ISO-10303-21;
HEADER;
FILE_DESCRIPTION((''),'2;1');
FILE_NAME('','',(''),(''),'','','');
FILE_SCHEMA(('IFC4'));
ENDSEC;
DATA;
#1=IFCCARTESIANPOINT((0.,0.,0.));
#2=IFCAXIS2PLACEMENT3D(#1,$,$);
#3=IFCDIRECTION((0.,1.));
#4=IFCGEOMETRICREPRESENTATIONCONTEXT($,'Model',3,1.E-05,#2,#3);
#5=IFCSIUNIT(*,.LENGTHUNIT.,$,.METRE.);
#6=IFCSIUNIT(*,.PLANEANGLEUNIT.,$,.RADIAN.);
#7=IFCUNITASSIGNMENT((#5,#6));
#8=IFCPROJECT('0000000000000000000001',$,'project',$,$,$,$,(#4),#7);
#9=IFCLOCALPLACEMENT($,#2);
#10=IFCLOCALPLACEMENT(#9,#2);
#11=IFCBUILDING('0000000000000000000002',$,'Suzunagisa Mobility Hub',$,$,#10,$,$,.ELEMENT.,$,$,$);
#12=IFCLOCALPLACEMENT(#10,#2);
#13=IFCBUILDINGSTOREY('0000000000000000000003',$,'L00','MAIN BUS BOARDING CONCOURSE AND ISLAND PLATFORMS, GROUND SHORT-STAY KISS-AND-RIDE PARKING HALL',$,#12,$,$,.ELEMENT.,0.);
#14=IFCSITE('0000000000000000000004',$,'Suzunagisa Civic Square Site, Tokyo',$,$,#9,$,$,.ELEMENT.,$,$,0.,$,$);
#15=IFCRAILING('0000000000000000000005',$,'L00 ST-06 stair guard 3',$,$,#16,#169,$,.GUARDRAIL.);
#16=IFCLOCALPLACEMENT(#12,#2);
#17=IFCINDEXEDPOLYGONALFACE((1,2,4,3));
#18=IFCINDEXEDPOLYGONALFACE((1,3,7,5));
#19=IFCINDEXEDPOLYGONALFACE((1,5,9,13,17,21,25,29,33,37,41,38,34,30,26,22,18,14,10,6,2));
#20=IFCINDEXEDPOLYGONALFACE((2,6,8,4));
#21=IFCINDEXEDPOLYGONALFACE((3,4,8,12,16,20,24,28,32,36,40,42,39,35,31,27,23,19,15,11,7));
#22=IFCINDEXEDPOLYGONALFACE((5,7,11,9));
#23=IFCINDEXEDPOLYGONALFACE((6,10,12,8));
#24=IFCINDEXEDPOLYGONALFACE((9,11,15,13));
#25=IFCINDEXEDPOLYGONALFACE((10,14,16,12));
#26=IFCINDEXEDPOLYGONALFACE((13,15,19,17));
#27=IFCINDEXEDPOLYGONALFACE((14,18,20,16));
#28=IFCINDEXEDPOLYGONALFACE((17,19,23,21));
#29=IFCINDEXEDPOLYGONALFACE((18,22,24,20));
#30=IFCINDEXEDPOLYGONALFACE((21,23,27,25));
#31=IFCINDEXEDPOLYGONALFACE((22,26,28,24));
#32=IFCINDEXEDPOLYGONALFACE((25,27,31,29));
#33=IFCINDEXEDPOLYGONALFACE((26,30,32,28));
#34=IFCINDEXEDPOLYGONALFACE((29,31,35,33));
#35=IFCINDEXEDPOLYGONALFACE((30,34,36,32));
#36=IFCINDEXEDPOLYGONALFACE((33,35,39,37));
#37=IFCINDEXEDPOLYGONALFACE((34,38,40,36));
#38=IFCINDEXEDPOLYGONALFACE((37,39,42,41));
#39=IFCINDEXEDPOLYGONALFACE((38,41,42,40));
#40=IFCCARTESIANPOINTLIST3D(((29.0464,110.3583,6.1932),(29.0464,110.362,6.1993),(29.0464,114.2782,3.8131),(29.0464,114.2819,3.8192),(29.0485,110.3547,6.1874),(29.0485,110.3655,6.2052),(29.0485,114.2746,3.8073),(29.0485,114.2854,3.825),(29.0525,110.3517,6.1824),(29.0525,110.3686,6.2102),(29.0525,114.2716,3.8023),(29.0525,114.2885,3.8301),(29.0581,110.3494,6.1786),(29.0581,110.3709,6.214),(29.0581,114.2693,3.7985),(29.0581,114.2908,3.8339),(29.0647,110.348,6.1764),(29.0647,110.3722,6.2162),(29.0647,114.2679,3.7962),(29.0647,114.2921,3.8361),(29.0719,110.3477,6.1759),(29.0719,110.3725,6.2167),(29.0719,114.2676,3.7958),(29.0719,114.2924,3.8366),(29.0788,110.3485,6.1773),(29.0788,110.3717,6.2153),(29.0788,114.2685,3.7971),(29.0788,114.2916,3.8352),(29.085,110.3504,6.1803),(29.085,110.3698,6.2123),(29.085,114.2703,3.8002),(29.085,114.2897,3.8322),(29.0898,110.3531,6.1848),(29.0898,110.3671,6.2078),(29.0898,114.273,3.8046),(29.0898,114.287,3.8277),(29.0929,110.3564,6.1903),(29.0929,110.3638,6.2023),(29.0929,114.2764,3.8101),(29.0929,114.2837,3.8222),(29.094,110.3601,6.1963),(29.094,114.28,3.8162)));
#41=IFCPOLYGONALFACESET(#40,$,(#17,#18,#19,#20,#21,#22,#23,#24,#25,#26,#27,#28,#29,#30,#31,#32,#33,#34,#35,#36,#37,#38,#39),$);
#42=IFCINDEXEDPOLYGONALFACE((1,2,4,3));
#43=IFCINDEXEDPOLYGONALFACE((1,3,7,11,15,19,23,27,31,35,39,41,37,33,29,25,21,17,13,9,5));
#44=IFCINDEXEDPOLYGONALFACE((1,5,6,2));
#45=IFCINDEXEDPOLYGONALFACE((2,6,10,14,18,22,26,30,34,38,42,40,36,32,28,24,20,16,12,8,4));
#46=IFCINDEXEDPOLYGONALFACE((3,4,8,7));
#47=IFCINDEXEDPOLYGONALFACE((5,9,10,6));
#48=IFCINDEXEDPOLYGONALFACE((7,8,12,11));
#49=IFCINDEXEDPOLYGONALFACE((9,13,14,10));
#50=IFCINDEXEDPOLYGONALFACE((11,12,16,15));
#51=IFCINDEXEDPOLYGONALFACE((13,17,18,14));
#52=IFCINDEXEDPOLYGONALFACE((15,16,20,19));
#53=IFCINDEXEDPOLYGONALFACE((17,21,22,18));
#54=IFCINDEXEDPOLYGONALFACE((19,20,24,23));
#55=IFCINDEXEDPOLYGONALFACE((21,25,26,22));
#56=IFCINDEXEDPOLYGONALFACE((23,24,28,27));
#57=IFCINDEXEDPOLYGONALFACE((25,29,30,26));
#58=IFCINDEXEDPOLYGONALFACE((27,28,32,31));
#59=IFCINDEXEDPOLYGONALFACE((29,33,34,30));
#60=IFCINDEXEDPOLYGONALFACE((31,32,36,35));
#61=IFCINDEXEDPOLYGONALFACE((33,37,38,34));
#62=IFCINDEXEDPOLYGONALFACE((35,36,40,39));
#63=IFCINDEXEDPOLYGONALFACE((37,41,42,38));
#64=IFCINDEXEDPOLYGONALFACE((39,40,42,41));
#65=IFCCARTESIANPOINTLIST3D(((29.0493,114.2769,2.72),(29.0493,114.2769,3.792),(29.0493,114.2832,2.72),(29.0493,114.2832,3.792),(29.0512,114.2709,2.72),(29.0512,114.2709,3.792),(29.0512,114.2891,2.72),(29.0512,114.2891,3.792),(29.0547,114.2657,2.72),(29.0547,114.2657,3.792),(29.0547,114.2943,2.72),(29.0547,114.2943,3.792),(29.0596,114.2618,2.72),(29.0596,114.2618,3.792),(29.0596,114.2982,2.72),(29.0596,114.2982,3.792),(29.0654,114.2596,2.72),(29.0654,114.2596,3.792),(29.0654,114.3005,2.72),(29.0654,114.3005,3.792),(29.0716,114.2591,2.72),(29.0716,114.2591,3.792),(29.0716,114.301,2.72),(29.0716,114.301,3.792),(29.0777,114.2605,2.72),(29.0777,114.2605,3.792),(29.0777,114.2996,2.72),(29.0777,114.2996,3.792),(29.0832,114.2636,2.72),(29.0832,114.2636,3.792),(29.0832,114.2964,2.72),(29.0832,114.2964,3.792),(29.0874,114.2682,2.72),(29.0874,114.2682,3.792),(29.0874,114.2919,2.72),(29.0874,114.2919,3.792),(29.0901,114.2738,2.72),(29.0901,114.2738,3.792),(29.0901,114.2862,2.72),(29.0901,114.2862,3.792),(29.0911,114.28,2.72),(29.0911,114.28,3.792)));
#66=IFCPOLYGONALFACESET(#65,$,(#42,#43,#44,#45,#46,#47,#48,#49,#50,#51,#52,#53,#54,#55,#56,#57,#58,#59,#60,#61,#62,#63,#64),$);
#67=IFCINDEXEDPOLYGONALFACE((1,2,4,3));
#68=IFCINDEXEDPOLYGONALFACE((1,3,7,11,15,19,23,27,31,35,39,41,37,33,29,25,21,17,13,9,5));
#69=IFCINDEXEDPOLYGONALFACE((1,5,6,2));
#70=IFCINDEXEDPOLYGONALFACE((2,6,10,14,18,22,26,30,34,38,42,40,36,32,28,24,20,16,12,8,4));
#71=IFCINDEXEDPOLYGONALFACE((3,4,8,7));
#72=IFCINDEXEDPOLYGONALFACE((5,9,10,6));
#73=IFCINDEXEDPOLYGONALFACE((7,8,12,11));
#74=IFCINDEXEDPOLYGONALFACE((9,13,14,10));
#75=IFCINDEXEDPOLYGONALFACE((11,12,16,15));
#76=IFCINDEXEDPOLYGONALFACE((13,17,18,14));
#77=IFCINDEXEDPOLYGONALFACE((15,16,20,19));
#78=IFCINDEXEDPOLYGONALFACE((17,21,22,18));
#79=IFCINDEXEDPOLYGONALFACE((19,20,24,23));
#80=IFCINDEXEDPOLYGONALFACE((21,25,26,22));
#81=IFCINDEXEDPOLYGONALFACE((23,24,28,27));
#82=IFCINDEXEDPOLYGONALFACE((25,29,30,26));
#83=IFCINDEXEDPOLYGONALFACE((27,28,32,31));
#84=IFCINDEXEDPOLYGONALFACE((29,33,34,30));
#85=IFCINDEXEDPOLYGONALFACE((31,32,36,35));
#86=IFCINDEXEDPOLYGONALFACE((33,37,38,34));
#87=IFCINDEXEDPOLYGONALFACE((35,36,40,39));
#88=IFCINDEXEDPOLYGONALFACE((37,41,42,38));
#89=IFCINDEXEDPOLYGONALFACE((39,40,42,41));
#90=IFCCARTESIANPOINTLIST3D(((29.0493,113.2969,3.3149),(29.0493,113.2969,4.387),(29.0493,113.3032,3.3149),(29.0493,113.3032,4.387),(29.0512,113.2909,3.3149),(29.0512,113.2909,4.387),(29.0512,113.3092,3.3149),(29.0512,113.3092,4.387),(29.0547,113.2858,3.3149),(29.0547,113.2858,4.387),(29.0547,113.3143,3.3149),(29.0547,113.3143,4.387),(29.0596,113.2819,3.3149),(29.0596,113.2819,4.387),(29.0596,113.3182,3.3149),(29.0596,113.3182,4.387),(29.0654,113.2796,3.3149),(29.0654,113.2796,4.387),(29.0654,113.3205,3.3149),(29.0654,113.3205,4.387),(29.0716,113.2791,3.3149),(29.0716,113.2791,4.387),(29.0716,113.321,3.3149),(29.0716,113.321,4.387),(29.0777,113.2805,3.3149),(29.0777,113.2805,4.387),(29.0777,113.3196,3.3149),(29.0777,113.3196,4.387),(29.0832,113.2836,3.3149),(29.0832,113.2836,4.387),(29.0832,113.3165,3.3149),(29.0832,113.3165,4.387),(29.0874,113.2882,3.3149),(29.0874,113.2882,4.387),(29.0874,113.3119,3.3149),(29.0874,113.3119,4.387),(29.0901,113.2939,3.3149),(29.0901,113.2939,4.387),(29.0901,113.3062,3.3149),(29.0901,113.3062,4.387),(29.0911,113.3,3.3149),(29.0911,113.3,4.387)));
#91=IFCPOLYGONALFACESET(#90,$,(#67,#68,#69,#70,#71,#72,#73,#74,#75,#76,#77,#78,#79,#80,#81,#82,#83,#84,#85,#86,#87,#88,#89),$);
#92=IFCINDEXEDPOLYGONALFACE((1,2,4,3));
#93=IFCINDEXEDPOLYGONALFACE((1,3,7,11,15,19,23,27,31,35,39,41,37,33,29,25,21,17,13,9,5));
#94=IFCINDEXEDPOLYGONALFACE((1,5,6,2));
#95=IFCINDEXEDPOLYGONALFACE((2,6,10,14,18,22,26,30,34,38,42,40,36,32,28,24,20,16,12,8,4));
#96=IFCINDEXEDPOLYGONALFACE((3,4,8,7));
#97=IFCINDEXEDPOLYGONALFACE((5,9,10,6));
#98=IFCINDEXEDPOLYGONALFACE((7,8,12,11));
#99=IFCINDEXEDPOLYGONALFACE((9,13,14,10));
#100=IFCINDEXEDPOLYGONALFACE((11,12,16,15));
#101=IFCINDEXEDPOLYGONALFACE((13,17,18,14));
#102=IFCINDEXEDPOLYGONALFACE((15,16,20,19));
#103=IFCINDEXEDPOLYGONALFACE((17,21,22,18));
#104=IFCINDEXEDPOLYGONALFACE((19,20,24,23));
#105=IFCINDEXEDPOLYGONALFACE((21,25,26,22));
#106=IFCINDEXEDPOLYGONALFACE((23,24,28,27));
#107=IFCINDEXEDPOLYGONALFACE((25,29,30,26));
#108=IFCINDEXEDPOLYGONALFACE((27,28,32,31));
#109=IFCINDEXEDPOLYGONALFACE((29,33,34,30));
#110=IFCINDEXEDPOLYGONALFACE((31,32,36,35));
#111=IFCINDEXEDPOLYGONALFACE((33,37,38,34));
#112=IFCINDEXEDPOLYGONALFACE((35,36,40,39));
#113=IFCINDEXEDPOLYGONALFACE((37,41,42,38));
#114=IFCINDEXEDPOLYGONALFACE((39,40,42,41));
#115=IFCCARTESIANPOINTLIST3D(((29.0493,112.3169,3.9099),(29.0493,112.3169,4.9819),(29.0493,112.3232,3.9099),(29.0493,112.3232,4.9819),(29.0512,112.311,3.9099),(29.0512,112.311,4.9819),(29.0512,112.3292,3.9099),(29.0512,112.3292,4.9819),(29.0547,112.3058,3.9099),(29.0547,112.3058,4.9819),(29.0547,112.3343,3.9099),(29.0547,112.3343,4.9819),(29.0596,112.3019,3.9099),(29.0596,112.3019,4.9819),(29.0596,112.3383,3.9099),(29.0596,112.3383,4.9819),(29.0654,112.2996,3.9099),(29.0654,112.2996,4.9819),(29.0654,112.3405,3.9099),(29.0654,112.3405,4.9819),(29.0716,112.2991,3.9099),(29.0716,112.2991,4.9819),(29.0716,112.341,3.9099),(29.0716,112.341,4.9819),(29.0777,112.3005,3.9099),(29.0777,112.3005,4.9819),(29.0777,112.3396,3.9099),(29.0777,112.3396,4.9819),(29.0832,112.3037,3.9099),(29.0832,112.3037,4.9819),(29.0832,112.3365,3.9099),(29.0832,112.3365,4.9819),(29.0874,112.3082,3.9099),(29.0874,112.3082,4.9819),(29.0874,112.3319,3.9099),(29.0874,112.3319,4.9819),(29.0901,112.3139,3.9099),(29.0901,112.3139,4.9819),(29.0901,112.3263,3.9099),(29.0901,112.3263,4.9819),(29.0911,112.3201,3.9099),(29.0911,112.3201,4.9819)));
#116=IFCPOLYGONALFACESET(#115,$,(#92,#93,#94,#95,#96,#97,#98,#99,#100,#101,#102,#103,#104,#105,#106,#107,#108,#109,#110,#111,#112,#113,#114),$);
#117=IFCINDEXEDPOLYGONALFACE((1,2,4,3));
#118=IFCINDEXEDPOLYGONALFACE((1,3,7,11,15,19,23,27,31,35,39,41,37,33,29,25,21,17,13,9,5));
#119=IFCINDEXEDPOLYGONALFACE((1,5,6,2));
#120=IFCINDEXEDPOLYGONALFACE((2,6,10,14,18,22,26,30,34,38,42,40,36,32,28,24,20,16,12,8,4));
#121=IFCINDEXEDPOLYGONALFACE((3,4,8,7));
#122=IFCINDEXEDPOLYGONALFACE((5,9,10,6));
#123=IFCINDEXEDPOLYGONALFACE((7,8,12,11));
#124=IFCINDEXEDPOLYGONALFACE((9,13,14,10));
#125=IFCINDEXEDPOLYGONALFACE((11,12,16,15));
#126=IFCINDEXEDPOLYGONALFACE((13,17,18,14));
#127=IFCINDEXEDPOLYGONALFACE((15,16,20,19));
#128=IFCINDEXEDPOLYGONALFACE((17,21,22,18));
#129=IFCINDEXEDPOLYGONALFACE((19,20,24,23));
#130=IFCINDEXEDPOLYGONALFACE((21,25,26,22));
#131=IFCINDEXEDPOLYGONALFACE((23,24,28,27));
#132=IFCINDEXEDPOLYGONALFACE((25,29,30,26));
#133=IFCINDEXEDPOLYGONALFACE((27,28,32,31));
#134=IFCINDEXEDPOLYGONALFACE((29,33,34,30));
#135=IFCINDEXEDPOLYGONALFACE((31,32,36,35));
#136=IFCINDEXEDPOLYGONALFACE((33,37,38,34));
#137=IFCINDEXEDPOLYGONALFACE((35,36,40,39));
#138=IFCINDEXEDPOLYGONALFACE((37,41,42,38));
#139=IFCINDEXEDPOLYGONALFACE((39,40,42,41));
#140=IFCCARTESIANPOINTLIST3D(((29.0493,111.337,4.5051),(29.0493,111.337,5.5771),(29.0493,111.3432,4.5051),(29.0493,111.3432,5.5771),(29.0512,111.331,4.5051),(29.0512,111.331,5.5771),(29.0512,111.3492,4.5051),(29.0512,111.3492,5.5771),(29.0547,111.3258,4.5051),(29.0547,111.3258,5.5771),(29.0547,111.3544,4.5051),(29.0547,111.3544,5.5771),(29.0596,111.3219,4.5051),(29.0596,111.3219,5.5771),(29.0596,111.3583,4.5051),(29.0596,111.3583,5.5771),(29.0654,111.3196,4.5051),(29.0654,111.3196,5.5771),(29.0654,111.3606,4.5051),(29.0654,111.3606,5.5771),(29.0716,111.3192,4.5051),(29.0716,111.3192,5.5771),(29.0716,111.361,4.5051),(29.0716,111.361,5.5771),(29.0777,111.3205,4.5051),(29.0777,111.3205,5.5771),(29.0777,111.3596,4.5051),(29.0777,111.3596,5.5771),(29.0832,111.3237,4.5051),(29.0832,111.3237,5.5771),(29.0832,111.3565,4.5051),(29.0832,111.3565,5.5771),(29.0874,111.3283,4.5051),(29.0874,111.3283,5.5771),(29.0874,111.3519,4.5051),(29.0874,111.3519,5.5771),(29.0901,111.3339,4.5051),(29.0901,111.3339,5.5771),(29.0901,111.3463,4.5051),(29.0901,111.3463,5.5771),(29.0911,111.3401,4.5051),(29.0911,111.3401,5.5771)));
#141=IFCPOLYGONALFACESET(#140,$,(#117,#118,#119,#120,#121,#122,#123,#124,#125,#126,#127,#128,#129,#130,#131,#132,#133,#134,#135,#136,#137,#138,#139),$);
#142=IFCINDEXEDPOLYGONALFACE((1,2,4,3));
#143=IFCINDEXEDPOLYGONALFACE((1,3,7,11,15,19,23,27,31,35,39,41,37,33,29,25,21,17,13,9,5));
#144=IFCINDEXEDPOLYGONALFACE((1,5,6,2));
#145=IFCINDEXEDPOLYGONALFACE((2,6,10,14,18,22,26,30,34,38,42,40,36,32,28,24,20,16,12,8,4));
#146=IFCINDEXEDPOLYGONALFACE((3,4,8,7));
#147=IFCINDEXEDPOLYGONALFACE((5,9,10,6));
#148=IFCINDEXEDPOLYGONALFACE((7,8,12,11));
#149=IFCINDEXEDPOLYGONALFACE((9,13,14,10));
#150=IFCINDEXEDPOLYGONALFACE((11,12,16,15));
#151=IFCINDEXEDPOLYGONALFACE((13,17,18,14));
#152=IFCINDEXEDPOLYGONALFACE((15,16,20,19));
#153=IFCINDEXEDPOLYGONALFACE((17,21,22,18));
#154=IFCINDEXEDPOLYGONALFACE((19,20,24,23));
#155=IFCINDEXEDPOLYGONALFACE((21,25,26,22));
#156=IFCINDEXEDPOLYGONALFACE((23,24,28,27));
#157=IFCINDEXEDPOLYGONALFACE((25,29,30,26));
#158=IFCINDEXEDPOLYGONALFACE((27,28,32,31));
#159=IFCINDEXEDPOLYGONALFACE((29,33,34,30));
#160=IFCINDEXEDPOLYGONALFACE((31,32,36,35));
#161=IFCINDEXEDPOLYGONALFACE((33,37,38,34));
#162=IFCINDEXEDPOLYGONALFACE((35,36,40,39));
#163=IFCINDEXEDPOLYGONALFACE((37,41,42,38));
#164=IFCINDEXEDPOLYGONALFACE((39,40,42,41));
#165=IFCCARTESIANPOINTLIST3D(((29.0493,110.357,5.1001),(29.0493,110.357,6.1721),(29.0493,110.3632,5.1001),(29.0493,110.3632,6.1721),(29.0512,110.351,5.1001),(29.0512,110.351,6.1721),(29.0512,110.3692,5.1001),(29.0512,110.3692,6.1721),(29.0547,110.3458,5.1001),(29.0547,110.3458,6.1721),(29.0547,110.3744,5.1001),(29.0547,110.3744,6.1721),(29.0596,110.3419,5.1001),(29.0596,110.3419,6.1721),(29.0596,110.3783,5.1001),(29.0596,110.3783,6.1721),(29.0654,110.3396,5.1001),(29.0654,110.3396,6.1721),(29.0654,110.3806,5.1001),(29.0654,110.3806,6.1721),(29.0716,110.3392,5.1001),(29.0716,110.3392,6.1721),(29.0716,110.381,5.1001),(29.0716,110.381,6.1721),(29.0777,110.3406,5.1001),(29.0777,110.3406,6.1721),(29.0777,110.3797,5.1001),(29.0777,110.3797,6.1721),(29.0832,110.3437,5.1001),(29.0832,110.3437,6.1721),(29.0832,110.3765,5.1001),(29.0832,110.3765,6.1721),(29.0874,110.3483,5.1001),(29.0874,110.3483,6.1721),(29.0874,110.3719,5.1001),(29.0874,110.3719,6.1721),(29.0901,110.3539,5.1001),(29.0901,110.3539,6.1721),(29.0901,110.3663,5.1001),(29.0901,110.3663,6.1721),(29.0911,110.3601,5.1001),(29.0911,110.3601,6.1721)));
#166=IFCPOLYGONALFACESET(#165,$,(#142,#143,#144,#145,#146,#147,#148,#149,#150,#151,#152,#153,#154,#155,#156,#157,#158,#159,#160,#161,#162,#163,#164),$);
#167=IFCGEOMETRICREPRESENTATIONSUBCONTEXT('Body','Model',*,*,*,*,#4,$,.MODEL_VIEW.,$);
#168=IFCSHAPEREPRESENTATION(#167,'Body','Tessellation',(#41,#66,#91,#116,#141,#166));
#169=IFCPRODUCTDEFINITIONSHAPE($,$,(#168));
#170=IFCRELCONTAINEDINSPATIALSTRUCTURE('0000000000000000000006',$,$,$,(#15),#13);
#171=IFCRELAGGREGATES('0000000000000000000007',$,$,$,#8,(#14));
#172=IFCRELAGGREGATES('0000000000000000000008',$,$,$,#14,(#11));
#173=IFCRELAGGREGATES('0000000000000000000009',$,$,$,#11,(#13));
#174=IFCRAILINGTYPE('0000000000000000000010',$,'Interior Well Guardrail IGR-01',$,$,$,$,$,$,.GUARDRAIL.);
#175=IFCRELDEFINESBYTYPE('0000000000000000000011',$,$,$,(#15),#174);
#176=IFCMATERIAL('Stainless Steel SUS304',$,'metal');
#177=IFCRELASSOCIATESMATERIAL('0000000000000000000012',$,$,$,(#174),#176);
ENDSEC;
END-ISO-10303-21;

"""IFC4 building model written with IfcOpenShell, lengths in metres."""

from ifc_helpers import new_model, si_unit, direction, frame, origin, origin_2d, place, context, subcontext, project, spatial, circle, extrude, material, type_object, element, save


model = new_model("IFC4")

# Units and contexts
model_context = context("Model", 3, precision=1e-05, world=origin(), true_north=direction((0.0, 1.0)))
body_context = subcontext(model_context, "Body", "Model", "MODEL_VIEW")
ifc_project = project(units=[si_unit("LENGTHUNIT", "METRE"), si_unit("PLANEANGLEUNIT", "RADIAN")], contexts=[model_context])

# Site, building, storey
site_placement = place(None, origin())
site = spatial("IfcSite", under=ifc_project, at=site_placement, Name="Suzunagisa Civic Square Site, Tokyo", CompositionType="ELEMENT", RefElevation=0.0)
building_placement = place(site_placement, origin())
building = spatial("IfcBuilding", under=site, at=building_placement, Name="Suzunagisa Mobility Hub", CompositionType="ELEMENT")
storey_placement = place(building_placement, origin())
storey = spatial("IfcBuildingStorey", under=building, at=storey_placement, Name="L00", Description="MAIN BUS BOARDING CONCOURSE AND ISLAND PLATFORMS, GROUND SHORT-STAY KISS-AND-RIDE PARKING HALL", CompositionType="ELEMENT", Elevation=0.0)

# Railing
ifc_material_1 = material(Name="Stainless Steel SUS304", Category="metal")
railing_type_1 = type_object("IfcRailingType", Name="Interior Well Guardrail IGR-01", PredefinedType="GUARDRAIL", material=ifc_material_1)
railing_1_placement = place(storey_placement, frame((29.0701, 114.28, 2.72)))
element("IfcRailing", 1, at=railing_1_placement, inside=storey, type_object=railing_type_1, Name="L00 ST-06 stair guard 3", PredefinedType="GUARDRAIL", context=body_context, shape_type="SweptSolid", body=[
    extrude(circle(Radius=0.0239, at=origin_2d()), frame((0.0, 0.0, 1.0962), z_axis=(0.0, -0.854771, 0.519006), x_axis=(1.0, 0.0, 0.0)), (0.0, 0.0, 1.0), 4.5859),
    extrude(circle(Radius=0.021, at=origin_2d()), origin(), (0.0, 0.0, 1.0), 1.072),
    extrude(circle(Radius=0.021, at=origin_2d()), frame((0.0, -0.98, 0.595)), (0.0, 0.0, 1.0), 1.072),
    extrude(circle(Radius=0.021, at=origin_2d()), frame((0.0, -1.96, 1.1899)), (0.0, 0.0, 1.0), 1.072),
    extrude(circle(Radius=0.021, at=origin_2d()), frame((0.0, -2.9399, 1.7852)), (0.0, 0.0, 1.0), 1.072),
    extrude(circle(Radius=0.021, at=origin_2d()), frame((0.0, -3.9199, 2.3801)), (0.0, 0.0, 1.0), 1.072),
])

save(model, "model.ifc")
